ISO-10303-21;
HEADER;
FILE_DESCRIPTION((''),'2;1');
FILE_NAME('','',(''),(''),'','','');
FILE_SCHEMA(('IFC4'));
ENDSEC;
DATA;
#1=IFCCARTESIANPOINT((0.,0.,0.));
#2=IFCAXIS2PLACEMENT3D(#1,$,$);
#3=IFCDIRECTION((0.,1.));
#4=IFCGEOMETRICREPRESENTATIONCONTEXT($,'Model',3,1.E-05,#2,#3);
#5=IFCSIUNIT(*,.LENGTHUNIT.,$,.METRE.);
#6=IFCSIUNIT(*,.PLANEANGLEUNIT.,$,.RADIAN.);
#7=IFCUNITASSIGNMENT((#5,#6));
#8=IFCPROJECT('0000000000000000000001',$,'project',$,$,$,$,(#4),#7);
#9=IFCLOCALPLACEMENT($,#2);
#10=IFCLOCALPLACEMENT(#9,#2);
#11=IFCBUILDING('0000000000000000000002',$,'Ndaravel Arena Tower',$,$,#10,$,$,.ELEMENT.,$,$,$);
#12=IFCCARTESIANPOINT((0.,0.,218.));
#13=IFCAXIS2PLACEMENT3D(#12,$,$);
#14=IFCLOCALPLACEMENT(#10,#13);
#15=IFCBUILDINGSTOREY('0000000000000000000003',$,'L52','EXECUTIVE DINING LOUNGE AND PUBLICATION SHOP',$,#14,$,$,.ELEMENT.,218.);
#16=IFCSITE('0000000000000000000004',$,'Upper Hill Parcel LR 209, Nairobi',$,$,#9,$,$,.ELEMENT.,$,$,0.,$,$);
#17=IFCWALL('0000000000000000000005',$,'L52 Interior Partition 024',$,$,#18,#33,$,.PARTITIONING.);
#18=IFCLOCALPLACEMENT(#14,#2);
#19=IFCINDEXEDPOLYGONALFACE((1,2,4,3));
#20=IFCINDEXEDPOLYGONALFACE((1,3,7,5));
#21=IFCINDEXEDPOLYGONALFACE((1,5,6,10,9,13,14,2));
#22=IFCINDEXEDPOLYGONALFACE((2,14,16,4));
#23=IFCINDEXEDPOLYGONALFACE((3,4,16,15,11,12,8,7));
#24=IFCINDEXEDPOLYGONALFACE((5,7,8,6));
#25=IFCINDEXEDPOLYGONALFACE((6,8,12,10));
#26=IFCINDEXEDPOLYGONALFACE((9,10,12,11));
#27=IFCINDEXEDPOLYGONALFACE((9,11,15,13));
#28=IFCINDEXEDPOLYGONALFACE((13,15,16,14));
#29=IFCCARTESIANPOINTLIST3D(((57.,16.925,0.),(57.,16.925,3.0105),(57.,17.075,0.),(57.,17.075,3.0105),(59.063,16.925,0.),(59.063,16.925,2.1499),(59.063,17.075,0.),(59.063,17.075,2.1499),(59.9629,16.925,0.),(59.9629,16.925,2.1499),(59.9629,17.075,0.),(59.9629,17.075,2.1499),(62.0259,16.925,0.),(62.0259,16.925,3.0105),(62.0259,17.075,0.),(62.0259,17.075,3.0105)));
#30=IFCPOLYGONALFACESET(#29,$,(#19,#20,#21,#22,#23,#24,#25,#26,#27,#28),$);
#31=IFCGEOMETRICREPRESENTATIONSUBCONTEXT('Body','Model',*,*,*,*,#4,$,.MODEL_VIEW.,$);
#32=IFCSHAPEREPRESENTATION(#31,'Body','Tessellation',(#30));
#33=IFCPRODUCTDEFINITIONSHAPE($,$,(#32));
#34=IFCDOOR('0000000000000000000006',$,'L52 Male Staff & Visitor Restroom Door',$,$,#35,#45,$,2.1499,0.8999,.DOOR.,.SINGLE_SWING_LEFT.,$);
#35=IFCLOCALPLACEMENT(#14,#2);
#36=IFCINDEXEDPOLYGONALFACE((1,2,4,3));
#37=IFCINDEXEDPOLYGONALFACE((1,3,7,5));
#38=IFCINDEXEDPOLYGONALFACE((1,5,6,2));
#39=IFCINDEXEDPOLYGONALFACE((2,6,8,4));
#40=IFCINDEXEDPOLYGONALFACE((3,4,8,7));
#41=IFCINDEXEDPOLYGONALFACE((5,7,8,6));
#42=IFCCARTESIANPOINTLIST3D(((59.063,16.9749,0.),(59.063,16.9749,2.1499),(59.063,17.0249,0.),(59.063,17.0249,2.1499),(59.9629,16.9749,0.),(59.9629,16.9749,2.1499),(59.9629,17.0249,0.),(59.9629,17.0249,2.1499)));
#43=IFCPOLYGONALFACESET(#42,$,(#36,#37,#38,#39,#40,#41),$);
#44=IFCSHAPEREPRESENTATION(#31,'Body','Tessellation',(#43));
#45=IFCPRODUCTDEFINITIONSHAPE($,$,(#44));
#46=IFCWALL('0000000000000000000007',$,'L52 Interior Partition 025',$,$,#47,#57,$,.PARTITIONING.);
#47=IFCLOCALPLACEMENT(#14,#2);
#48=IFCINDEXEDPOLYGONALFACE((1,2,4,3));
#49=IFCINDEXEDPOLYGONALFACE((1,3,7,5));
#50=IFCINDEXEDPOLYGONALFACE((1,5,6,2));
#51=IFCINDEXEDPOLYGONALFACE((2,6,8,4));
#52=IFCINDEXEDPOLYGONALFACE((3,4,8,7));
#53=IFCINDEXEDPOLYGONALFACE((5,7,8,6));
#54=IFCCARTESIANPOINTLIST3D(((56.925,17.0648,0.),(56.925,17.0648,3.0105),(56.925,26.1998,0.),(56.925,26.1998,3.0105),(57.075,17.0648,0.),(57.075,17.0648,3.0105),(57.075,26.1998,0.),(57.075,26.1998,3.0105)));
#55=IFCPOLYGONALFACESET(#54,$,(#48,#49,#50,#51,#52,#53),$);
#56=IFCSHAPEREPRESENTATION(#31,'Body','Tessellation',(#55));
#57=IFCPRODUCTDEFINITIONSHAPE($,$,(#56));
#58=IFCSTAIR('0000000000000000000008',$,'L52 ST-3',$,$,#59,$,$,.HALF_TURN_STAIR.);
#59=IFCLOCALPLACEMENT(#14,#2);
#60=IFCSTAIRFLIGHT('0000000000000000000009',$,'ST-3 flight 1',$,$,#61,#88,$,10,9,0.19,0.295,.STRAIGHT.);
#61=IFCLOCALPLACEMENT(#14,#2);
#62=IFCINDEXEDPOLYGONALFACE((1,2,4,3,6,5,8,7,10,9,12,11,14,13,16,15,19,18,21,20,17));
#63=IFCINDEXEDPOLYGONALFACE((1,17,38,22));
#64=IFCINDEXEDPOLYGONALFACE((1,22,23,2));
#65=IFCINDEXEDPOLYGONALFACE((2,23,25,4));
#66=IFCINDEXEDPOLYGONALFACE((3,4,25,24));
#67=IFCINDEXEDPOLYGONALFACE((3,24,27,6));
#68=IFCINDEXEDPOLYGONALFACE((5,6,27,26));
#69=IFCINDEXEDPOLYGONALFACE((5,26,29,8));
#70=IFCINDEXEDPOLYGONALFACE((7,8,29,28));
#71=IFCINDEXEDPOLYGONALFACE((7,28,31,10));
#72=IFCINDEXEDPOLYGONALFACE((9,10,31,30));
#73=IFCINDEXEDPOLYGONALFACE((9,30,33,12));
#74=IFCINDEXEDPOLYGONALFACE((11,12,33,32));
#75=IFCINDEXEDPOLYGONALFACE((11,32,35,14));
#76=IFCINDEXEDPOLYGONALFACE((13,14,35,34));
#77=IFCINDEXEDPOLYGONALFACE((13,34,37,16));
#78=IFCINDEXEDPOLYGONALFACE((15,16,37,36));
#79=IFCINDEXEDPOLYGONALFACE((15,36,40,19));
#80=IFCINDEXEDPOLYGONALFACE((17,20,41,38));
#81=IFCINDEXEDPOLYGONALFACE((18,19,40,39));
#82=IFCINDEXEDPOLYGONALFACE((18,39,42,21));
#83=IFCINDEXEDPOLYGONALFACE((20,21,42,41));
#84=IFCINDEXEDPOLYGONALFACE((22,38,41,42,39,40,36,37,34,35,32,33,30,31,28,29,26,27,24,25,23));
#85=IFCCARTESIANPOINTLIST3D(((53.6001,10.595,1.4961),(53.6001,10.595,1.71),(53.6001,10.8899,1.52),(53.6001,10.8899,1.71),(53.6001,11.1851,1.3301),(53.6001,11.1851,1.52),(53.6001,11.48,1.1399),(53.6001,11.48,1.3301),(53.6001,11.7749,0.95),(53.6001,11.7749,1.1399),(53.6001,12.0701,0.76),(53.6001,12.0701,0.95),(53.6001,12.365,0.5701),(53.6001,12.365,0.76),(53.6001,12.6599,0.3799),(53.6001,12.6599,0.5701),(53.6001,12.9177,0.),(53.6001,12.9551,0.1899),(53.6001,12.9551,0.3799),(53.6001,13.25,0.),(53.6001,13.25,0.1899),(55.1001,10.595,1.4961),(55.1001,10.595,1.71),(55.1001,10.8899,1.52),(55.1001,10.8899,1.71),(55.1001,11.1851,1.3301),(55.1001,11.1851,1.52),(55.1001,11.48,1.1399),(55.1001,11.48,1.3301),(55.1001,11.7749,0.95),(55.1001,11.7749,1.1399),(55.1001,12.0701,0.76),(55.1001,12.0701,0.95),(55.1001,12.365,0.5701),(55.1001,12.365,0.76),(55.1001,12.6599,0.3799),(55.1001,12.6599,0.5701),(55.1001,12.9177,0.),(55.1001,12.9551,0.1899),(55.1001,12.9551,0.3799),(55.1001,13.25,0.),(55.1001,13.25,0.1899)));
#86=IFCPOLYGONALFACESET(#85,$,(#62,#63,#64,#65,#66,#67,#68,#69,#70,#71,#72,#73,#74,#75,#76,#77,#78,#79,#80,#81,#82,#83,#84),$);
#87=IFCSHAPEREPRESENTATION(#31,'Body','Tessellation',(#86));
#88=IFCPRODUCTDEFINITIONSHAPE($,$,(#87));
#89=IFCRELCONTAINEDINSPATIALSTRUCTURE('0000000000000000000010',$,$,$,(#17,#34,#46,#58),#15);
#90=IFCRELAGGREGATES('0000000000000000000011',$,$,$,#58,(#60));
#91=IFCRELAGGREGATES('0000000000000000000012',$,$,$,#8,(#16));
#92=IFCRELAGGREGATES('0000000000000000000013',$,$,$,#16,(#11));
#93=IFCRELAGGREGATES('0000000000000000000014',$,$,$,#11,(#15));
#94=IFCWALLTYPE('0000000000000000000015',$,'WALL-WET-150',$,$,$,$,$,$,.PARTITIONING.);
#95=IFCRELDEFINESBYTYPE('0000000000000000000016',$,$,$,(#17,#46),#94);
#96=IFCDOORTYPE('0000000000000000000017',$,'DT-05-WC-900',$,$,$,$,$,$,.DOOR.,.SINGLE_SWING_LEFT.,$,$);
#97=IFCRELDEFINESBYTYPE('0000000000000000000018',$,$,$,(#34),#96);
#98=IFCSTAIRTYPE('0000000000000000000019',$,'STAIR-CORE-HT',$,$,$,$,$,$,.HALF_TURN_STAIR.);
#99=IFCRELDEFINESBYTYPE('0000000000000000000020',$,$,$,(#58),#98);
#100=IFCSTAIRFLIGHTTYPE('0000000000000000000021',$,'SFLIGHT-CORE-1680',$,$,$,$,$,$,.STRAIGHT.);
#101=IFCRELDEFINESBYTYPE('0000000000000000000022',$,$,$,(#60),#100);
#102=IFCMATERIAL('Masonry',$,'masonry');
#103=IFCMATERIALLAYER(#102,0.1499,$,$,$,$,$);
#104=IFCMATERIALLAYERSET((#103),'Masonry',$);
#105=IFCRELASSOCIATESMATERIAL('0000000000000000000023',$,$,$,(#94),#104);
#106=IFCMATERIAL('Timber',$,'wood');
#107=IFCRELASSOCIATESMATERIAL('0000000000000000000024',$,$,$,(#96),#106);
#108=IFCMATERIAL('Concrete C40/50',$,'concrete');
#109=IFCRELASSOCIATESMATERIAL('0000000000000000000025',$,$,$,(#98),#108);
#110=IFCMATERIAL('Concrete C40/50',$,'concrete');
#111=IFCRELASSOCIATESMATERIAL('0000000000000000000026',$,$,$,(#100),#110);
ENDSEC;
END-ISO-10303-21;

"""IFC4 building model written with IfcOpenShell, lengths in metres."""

from ifc_helpers import new_model, si_unit, direction, frame, frame_2d, origin, place, context, subcontext, project, spatial, polyline, rectangle, outline, extrude, material, layer, layer_set, type_object, element, fill, aggregate, save


model = new_model("IFC4")

# Units and contexts
model_context = context("Model", 3, precision=1e-05, world=origin(), true_north=direction((0.0, 1.0)))
body_context = subcontext(model_context, "Body", "Model", "MODEL_VIEW")
ifc_project = project(units=[si_unit("LENGTHUNIT", "METRE"), si_unit("PLANEANGLEUNIT", "RADIAN")], contexts=[model_context])

# Site, building, storey
site_placement = place(None, origin())
site = spatial("IfcSite", under=ifc_project, at=site_placement, Name="Upper Hill Parcel LR 209, Nairobi", CompositionType="ELEMENT", RefElevation=0.0)
building_placement = place(site_placement, origin())
building = spatial("IfcBuilding", under=site, at=building_placement, Name="Ndaravel Arena Tower", CompositionType="ELEMENT")
storey_placement = place(building_placement, frame((0.0, 0.0, 218.0)))
storey = spatial("IfcBuildingStorey", under=building, at=storey_placement, Name="L52", Description="EXECUTIVE DINING LOUNGE AND PUBLICATION SHOP", CompositionType="ELEMENT", Elevation=218.0)

# Wall, opening, door
ifc_material_1 = material(Name="Masonry", Category="masonry")
ifc_layer_1 = layer(ifc_material_1, 0.1499)
ifc_layer_set_1 = layer_set([ifc_layer_1], Name="Masonry")
wall_type_1 = type_object("IfcWallType", Name="WALL-WET-150", PredefinedType="PARTITIONING", material=ifc_layer_set_1)
wall_1_placement = place(storey_placement, frame((57.0, 17.0, 0.0), z_axis=(0.0, 0.0, 1.0), x_axis=(1.0, 0.0, 0.0)))
wall_1 = element("IfcWall", 1, at=wall_1_placement, inside=storey, type_object=wall_type_1, Name="L52 Interior Partition 024", PredefinedType="PARTITIONING", context=body_context, shape_type="SweptSolid", body=[
    extrude(rectangle(XDim=5.0259, YDim=0.1499, at=frame_2d((2.5129, 0.0))), origin(), (0.0, 0.0, 1.0), 3.0105),
])
opening_1_placement = place(wall_1_placement, frame((2.063, 0.0, 0.0)))
opening_1 = element("IfcOpeningElement", 2, at=opening_1_placement, cuts=wall_1, PredefinedType="OPENING", context=body_context, shape_type="SweptSolid", body=[
    extrude(rectangle(XDim=0.8999, YDim=2.1499, at=frame_2d((0.45, 1.075))), frame((0.0, 0.075, 0.0), z_axis=(0.0, -1.0, 0.0), x_axis=(1.0, 0.0, 0.0)), (0.0, 0.0, 1.0), 0.1499),
])
ifc_material_2 = material(Name="Timber", Category="wood")
door_type_1 = type_object("IfcDoorType", Name="DT-05-WC-900", OperationType="SINGLE_SWING_LEFT", PredefinedType="DOOR", material=ifc_material_2)
door_1_placement = place(opening_1_placement, origin())
door_1 = element("IfcDoor", 3, at=door_1_placement, inside=storey, type_object=door_type_1, Name="L52 Male Staff & Visitor Restroom Door", OperationType="SINGLE_SWING_LEFT", OverallHeight=2.1499, OverallWidth=0.8999, PredefinedType="DOOR", context=body_context, shape_type="SweptSolid", body=[
    extrude(rectangle(XDim=0.8999, YDim=2.1499, at=frame_2d((0.45, 1.075))), frame((0.0, 0.0249, 0.0), z_axis=(0.0, -1.0, 0.0), x_axis=(1.0, 0.0, 0.0)), (0.0, 0.0, 1.0), 0.05),
])
fill(opening_1, door_1)

# Wall
wall_2_placement = place(storey_placement, frame((57.0, 17.0649, 0.0), z_axis=(0.0, 0.0, 1.0), x_axis=(0.0, 1.0, 0.0)))
element("IfcWall", 4, at=wall_2_placement, inside=storey, type_object=wall_type_1, Name="L52 Interior Partition 025", PredefinedType="PARTITIONING", context=body_context, shape_type="SweptSolid", body=[
    extrude(rectangle(XDim=9.135, YDim=0.1499, at=frame_2d((4.5674, 0.0))), origin(), (0.0, 0.0, 1.0), 3.0105),
])

# Stair, stair flight
ifc_material_3 = material(Name="Concrete C40/50", Category="concrete")
stair_type = type_object("IfcStairType", Name="STAIR-CORE-HT", PredefinedType="HALF_TURN_STAIR", material=ifc_material_3)
stair_placement = place(storey_placement, origin())
stair = element("IfcStair", 5, at=stair_placement, inside=storey, type_object=stair_type, Name="L52 ST-3", PredefinedType="HALF_TURN_STAIR")
ifc_material_4 = material(Name="Concrete C40/50", Category="concrete")
stair_flight_type = type_object("IfcStairFlightType", Name="SFLIGHT-CORE-1680", PredefinedType="STRAIGHT", material=ifc_material_4)
stair_flight_placement = place(storey_placement, frame((54.3501, 13.25, 0.0), z_axis=(0.0, 0.0, 1.0), x_axis=(0.0, -1.0, 0.0)))
stair_flight = element("IfcStairFlight", 6, at=stair_flight_placement, type_object=stair_flight_type, Name="ST-3 flight 1", NumberOfRisers=10, NumberOfTreads=9, PredefinedType="STRAIGHT", RiserHeight=0.19, TreadLength=0.295, context=body_context, shape_type="SweptSolid", body=[
    extrude(outline(polyline([(0.0, 0.0), (0.0, 0.1899), (0.2949, 0.1899), (0.2949, 0.3799), (0.5901, 0.3799), (0.5901, 0.5701), (0.885, 0.5701), (0.885, 0.76), (1.1799, 0.76), (1.1799, 0.95), (1.4751, 0.95), (1.4751, 1.1399), (1.77, 1.1399), (1.77, 1.3301), (2.0649, 1.3301), (2.0649, 1.52), (2.3601, 1.52), (2.3601, 1.71), (2.655, 1.71), (2.655, 1.8999), (2.655, 1.4961), (0.3323, 0.0), (0.0, 0.0)])), frame((0.0, 0.75, 0.0), z_axis=(0.0, -1.0, 0.0), x_axis=(1.0, 0.0, 0.0)), (0.0, 0.0, 1.0), 1.5),
])
aggregate(stair, [stair_flight])

save(model, "model.ifc")
